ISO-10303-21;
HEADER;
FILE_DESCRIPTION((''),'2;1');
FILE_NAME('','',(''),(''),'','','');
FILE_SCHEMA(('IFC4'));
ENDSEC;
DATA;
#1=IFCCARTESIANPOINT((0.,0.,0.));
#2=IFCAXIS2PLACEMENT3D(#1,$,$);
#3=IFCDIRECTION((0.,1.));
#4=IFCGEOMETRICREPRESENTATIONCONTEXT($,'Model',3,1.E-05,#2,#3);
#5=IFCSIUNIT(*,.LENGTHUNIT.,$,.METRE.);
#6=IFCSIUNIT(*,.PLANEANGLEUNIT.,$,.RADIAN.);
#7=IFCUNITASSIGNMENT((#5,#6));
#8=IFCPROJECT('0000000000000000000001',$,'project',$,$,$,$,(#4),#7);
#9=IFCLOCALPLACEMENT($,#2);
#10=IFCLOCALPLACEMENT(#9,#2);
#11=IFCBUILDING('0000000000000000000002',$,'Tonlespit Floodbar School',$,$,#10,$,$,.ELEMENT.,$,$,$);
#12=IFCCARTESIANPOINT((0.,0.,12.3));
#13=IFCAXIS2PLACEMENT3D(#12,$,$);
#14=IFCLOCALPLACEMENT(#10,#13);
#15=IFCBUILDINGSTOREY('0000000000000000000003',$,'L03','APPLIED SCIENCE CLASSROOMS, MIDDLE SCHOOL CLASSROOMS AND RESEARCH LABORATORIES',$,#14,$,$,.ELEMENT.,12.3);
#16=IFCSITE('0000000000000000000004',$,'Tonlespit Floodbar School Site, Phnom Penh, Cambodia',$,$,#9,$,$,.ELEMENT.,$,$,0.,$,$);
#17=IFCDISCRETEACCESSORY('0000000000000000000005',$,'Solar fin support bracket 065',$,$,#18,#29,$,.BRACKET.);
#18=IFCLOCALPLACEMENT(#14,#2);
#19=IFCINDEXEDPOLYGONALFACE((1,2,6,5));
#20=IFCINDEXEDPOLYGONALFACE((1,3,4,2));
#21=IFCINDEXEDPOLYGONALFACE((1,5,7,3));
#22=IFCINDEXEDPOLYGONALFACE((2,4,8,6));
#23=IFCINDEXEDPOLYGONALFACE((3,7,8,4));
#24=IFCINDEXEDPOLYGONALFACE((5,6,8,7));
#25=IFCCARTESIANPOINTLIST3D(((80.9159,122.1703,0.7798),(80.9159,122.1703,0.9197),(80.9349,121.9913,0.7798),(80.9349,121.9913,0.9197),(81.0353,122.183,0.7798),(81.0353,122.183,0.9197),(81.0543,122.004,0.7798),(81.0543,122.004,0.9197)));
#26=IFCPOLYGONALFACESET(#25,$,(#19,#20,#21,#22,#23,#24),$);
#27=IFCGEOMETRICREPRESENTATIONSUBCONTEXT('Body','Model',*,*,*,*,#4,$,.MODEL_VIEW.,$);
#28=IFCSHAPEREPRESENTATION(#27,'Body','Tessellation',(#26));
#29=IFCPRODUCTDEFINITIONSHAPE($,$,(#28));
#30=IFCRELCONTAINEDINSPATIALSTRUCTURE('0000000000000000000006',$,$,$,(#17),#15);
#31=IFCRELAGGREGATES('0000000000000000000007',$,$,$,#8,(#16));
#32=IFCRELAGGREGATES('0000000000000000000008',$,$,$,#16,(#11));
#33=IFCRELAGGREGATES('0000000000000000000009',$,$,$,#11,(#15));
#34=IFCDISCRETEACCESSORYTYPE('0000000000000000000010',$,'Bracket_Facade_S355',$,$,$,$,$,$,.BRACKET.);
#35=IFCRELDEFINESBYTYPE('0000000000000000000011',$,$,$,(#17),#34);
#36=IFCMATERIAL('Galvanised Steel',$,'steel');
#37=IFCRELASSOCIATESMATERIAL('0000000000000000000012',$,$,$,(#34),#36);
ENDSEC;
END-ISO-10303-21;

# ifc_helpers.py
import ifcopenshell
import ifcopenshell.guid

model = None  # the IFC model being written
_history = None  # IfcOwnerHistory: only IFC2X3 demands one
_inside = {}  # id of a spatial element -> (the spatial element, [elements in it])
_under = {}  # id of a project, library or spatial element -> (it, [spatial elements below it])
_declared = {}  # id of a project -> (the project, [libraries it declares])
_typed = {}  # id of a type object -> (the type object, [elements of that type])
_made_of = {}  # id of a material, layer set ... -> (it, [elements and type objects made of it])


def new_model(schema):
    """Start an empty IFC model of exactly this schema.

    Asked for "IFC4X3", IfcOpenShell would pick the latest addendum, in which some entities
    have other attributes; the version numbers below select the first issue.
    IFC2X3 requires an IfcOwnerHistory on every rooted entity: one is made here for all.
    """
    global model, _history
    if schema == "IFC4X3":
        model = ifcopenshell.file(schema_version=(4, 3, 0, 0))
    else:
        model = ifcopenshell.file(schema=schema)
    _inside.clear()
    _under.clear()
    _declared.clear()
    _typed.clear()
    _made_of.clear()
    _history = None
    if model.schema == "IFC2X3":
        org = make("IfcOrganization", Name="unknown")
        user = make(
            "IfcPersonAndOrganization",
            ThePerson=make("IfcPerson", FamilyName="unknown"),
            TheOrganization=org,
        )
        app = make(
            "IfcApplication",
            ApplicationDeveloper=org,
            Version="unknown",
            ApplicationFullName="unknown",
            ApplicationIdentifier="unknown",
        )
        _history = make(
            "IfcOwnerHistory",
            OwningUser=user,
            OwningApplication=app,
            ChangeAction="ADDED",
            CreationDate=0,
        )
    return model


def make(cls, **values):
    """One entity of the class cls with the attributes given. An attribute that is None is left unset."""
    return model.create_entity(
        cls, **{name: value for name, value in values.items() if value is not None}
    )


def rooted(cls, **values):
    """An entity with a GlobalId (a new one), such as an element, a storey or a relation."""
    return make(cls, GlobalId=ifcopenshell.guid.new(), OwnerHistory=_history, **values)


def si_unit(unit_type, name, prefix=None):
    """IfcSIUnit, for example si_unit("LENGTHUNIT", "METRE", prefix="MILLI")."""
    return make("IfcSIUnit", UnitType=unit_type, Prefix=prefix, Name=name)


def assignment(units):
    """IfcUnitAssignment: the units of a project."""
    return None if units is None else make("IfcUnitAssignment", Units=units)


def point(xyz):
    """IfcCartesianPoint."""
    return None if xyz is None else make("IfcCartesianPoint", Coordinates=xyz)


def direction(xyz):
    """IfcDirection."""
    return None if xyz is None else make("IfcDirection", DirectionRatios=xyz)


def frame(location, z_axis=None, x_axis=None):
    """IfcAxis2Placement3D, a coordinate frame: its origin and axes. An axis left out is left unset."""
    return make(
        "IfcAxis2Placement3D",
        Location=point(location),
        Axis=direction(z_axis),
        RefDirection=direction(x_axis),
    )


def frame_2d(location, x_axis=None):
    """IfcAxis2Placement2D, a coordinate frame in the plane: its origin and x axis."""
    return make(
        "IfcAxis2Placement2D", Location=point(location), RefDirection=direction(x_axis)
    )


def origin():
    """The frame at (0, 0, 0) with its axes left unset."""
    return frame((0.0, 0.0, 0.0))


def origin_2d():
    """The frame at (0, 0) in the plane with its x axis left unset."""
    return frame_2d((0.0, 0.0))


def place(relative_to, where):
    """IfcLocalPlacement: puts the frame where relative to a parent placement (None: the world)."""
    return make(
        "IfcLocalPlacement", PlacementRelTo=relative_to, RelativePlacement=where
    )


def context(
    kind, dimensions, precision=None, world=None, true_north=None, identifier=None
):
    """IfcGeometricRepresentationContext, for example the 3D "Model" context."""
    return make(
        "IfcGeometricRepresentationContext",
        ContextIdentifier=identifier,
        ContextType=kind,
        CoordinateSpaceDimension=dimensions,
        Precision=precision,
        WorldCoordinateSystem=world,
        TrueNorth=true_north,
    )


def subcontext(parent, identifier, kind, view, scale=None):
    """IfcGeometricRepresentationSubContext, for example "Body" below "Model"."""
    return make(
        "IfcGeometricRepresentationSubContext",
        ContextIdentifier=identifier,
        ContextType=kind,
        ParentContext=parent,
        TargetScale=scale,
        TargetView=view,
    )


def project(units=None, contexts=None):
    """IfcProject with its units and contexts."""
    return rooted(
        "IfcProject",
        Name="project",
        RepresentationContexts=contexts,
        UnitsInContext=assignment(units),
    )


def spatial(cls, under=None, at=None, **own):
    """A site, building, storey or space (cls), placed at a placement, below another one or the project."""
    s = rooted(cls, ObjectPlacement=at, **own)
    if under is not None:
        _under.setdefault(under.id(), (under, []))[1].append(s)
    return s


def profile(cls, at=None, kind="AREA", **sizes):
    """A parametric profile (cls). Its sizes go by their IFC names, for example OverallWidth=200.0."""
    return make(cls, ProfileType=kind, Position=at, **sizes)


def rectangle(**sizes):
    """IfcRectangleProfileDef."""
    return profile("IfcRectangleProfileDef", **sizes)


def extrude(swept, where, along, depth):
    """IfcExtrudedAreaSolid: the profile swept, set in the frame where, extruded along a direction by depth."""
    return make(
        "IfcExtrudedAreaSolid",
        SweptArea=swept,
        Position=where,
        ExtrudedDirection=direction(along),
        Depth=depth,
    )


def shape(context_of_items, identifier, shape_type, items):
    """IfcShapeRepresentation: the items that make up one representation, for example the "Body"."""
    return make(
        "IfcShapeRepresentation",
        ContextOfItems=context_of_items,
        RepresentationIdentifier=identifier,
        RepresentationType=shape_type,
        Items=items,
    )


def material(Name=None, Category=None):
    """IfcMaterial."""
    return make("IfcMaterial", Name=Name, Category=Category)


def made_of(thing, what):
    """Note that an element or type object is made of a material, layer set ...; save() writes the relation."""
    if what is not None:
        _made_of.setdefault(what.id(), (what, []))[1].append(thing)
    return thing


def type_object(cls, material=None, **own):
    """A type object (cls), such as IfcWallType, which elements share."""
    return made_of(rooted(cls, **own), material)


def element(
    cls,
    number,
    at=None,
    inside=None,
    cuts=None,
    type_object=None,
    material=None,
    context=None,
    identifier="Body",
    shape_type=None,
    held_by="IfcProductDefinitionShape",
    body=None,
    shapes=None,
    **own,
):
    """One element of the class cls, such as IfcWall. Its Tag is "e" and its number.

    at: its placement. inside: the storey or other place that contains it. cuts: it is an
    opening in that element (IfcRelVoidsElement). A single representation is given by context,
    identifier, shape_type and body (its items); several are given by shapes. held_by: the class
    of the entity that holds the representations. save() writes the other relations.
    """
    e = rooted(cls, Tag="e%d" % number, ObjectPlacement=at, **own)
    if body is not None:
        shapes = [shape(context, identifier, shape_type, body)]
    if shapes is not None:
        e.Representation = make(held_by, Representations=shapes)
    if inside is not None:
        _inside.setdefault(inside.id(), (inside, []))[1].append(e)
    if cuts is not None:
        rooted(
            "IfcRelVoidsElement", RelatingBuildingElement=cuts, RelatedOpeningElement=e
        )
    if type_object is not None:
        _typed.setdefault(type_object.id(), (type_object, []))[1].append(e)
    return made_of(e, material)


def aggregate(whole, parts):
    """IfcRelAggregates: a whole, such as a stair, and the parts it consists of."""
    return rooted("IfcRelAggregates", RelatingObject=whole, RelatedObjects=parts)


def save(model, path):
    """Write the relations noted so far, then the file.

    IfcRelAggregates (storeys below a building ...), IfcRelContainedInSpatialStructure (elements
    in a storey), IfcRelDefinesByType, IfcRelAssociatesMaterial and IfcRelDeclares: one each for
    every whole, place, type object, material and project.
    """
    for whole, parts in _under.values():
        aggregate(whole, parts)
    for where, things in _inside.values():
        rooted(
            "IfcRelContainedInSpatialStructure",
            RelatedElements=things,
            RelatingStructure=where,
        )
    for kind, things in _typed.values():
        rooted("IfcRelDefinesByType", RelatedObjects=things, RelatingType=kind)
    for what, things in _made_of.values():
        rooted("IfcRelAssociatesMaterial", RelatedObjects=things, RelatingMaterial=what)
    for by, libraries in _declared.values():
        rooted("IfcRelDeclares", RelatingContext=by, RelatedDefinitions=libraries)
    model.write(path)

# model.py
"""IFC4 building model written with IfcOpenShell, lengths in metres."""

from ifc_helpers import new_model, si_unit, direction, frame, origin, origin_2d, place, context, subcontext, project, spatial, rectangle, extrude, material, type_object, element, save


model = new_model("IFC4")

# Units and contexts
model_context = context("Model", 3, precision=1e-05, world=origin(), true_north=direction((0.0, 1.0)))
body_context = subcontext(model_context, "Body", "Model", "MODEL_VIEW")
ifc_project = project(units=[si_unit("LENGTHUNIT", "METRE"), si_unit("PLANEANGLEUNIT", "RADIAN")], contexts=[model_context])

# Site, building, storey
site_placement = place(None, origin())
site = spatial("IfcSite", under=ifc_project, at=site_placement, Name="Tonlespit Floodbar School Site, Phnom Penh, Cambodia", CompositionType="ELEMENT", RefElevation=0.0)
building_placement = place(site_placement, origin())
building = spatial("IfcBuilding", under=site, at=building_placement, Name="Tonlespit Floodbar School", CompositionType="ELEMENT")
storey_placement = place(building_placement, frame((0.0, 0.0, 12.3)))
storey = spatial("IfcBuildingStorey", under=building, at=storey_placement, Name="L03", Description="APPLIED SCIENCE CLASSROOMS, MIDDLE SCHOOL CLASSROOMS AND RESEARCH LABORATORIES", CompositionType="ELEMENT", Elevation=12.3)

# Discrete accessory
ifc_material_1 = material(Name="Galvanised Steel", Category="steel")
discrete_accessory_type = type_object("IfcDiscreteAccessoryType", Name="Bracket_Facade_S355", PredefinedType="BRACKET", material=ifc_material_1)
discrete_accessory_1_placement = place(storey_placement, frame((80.9851, 122.0872, 0.7798), z_axis=(0.0, 0.0, 1.0), x_axis=(0.994392, 0.105754, 0.0)))
element("IfcDiscreteAccessory", 1, at=discrete_accessory_1_placement, inside=storey, type_object=discrete_accessory_type, Name="Solar fin support bracket 065", PredefinedType="BRACKET", context=body_context, shape_type="SweptSolid", body=[
    extrude(rectangle(XDim=0.1201, YDim=0.1799, at=origin_2d()), origin(), (0.0, 0.0, 1.0), 0.1399),
])

save(model, "model.ifc")
